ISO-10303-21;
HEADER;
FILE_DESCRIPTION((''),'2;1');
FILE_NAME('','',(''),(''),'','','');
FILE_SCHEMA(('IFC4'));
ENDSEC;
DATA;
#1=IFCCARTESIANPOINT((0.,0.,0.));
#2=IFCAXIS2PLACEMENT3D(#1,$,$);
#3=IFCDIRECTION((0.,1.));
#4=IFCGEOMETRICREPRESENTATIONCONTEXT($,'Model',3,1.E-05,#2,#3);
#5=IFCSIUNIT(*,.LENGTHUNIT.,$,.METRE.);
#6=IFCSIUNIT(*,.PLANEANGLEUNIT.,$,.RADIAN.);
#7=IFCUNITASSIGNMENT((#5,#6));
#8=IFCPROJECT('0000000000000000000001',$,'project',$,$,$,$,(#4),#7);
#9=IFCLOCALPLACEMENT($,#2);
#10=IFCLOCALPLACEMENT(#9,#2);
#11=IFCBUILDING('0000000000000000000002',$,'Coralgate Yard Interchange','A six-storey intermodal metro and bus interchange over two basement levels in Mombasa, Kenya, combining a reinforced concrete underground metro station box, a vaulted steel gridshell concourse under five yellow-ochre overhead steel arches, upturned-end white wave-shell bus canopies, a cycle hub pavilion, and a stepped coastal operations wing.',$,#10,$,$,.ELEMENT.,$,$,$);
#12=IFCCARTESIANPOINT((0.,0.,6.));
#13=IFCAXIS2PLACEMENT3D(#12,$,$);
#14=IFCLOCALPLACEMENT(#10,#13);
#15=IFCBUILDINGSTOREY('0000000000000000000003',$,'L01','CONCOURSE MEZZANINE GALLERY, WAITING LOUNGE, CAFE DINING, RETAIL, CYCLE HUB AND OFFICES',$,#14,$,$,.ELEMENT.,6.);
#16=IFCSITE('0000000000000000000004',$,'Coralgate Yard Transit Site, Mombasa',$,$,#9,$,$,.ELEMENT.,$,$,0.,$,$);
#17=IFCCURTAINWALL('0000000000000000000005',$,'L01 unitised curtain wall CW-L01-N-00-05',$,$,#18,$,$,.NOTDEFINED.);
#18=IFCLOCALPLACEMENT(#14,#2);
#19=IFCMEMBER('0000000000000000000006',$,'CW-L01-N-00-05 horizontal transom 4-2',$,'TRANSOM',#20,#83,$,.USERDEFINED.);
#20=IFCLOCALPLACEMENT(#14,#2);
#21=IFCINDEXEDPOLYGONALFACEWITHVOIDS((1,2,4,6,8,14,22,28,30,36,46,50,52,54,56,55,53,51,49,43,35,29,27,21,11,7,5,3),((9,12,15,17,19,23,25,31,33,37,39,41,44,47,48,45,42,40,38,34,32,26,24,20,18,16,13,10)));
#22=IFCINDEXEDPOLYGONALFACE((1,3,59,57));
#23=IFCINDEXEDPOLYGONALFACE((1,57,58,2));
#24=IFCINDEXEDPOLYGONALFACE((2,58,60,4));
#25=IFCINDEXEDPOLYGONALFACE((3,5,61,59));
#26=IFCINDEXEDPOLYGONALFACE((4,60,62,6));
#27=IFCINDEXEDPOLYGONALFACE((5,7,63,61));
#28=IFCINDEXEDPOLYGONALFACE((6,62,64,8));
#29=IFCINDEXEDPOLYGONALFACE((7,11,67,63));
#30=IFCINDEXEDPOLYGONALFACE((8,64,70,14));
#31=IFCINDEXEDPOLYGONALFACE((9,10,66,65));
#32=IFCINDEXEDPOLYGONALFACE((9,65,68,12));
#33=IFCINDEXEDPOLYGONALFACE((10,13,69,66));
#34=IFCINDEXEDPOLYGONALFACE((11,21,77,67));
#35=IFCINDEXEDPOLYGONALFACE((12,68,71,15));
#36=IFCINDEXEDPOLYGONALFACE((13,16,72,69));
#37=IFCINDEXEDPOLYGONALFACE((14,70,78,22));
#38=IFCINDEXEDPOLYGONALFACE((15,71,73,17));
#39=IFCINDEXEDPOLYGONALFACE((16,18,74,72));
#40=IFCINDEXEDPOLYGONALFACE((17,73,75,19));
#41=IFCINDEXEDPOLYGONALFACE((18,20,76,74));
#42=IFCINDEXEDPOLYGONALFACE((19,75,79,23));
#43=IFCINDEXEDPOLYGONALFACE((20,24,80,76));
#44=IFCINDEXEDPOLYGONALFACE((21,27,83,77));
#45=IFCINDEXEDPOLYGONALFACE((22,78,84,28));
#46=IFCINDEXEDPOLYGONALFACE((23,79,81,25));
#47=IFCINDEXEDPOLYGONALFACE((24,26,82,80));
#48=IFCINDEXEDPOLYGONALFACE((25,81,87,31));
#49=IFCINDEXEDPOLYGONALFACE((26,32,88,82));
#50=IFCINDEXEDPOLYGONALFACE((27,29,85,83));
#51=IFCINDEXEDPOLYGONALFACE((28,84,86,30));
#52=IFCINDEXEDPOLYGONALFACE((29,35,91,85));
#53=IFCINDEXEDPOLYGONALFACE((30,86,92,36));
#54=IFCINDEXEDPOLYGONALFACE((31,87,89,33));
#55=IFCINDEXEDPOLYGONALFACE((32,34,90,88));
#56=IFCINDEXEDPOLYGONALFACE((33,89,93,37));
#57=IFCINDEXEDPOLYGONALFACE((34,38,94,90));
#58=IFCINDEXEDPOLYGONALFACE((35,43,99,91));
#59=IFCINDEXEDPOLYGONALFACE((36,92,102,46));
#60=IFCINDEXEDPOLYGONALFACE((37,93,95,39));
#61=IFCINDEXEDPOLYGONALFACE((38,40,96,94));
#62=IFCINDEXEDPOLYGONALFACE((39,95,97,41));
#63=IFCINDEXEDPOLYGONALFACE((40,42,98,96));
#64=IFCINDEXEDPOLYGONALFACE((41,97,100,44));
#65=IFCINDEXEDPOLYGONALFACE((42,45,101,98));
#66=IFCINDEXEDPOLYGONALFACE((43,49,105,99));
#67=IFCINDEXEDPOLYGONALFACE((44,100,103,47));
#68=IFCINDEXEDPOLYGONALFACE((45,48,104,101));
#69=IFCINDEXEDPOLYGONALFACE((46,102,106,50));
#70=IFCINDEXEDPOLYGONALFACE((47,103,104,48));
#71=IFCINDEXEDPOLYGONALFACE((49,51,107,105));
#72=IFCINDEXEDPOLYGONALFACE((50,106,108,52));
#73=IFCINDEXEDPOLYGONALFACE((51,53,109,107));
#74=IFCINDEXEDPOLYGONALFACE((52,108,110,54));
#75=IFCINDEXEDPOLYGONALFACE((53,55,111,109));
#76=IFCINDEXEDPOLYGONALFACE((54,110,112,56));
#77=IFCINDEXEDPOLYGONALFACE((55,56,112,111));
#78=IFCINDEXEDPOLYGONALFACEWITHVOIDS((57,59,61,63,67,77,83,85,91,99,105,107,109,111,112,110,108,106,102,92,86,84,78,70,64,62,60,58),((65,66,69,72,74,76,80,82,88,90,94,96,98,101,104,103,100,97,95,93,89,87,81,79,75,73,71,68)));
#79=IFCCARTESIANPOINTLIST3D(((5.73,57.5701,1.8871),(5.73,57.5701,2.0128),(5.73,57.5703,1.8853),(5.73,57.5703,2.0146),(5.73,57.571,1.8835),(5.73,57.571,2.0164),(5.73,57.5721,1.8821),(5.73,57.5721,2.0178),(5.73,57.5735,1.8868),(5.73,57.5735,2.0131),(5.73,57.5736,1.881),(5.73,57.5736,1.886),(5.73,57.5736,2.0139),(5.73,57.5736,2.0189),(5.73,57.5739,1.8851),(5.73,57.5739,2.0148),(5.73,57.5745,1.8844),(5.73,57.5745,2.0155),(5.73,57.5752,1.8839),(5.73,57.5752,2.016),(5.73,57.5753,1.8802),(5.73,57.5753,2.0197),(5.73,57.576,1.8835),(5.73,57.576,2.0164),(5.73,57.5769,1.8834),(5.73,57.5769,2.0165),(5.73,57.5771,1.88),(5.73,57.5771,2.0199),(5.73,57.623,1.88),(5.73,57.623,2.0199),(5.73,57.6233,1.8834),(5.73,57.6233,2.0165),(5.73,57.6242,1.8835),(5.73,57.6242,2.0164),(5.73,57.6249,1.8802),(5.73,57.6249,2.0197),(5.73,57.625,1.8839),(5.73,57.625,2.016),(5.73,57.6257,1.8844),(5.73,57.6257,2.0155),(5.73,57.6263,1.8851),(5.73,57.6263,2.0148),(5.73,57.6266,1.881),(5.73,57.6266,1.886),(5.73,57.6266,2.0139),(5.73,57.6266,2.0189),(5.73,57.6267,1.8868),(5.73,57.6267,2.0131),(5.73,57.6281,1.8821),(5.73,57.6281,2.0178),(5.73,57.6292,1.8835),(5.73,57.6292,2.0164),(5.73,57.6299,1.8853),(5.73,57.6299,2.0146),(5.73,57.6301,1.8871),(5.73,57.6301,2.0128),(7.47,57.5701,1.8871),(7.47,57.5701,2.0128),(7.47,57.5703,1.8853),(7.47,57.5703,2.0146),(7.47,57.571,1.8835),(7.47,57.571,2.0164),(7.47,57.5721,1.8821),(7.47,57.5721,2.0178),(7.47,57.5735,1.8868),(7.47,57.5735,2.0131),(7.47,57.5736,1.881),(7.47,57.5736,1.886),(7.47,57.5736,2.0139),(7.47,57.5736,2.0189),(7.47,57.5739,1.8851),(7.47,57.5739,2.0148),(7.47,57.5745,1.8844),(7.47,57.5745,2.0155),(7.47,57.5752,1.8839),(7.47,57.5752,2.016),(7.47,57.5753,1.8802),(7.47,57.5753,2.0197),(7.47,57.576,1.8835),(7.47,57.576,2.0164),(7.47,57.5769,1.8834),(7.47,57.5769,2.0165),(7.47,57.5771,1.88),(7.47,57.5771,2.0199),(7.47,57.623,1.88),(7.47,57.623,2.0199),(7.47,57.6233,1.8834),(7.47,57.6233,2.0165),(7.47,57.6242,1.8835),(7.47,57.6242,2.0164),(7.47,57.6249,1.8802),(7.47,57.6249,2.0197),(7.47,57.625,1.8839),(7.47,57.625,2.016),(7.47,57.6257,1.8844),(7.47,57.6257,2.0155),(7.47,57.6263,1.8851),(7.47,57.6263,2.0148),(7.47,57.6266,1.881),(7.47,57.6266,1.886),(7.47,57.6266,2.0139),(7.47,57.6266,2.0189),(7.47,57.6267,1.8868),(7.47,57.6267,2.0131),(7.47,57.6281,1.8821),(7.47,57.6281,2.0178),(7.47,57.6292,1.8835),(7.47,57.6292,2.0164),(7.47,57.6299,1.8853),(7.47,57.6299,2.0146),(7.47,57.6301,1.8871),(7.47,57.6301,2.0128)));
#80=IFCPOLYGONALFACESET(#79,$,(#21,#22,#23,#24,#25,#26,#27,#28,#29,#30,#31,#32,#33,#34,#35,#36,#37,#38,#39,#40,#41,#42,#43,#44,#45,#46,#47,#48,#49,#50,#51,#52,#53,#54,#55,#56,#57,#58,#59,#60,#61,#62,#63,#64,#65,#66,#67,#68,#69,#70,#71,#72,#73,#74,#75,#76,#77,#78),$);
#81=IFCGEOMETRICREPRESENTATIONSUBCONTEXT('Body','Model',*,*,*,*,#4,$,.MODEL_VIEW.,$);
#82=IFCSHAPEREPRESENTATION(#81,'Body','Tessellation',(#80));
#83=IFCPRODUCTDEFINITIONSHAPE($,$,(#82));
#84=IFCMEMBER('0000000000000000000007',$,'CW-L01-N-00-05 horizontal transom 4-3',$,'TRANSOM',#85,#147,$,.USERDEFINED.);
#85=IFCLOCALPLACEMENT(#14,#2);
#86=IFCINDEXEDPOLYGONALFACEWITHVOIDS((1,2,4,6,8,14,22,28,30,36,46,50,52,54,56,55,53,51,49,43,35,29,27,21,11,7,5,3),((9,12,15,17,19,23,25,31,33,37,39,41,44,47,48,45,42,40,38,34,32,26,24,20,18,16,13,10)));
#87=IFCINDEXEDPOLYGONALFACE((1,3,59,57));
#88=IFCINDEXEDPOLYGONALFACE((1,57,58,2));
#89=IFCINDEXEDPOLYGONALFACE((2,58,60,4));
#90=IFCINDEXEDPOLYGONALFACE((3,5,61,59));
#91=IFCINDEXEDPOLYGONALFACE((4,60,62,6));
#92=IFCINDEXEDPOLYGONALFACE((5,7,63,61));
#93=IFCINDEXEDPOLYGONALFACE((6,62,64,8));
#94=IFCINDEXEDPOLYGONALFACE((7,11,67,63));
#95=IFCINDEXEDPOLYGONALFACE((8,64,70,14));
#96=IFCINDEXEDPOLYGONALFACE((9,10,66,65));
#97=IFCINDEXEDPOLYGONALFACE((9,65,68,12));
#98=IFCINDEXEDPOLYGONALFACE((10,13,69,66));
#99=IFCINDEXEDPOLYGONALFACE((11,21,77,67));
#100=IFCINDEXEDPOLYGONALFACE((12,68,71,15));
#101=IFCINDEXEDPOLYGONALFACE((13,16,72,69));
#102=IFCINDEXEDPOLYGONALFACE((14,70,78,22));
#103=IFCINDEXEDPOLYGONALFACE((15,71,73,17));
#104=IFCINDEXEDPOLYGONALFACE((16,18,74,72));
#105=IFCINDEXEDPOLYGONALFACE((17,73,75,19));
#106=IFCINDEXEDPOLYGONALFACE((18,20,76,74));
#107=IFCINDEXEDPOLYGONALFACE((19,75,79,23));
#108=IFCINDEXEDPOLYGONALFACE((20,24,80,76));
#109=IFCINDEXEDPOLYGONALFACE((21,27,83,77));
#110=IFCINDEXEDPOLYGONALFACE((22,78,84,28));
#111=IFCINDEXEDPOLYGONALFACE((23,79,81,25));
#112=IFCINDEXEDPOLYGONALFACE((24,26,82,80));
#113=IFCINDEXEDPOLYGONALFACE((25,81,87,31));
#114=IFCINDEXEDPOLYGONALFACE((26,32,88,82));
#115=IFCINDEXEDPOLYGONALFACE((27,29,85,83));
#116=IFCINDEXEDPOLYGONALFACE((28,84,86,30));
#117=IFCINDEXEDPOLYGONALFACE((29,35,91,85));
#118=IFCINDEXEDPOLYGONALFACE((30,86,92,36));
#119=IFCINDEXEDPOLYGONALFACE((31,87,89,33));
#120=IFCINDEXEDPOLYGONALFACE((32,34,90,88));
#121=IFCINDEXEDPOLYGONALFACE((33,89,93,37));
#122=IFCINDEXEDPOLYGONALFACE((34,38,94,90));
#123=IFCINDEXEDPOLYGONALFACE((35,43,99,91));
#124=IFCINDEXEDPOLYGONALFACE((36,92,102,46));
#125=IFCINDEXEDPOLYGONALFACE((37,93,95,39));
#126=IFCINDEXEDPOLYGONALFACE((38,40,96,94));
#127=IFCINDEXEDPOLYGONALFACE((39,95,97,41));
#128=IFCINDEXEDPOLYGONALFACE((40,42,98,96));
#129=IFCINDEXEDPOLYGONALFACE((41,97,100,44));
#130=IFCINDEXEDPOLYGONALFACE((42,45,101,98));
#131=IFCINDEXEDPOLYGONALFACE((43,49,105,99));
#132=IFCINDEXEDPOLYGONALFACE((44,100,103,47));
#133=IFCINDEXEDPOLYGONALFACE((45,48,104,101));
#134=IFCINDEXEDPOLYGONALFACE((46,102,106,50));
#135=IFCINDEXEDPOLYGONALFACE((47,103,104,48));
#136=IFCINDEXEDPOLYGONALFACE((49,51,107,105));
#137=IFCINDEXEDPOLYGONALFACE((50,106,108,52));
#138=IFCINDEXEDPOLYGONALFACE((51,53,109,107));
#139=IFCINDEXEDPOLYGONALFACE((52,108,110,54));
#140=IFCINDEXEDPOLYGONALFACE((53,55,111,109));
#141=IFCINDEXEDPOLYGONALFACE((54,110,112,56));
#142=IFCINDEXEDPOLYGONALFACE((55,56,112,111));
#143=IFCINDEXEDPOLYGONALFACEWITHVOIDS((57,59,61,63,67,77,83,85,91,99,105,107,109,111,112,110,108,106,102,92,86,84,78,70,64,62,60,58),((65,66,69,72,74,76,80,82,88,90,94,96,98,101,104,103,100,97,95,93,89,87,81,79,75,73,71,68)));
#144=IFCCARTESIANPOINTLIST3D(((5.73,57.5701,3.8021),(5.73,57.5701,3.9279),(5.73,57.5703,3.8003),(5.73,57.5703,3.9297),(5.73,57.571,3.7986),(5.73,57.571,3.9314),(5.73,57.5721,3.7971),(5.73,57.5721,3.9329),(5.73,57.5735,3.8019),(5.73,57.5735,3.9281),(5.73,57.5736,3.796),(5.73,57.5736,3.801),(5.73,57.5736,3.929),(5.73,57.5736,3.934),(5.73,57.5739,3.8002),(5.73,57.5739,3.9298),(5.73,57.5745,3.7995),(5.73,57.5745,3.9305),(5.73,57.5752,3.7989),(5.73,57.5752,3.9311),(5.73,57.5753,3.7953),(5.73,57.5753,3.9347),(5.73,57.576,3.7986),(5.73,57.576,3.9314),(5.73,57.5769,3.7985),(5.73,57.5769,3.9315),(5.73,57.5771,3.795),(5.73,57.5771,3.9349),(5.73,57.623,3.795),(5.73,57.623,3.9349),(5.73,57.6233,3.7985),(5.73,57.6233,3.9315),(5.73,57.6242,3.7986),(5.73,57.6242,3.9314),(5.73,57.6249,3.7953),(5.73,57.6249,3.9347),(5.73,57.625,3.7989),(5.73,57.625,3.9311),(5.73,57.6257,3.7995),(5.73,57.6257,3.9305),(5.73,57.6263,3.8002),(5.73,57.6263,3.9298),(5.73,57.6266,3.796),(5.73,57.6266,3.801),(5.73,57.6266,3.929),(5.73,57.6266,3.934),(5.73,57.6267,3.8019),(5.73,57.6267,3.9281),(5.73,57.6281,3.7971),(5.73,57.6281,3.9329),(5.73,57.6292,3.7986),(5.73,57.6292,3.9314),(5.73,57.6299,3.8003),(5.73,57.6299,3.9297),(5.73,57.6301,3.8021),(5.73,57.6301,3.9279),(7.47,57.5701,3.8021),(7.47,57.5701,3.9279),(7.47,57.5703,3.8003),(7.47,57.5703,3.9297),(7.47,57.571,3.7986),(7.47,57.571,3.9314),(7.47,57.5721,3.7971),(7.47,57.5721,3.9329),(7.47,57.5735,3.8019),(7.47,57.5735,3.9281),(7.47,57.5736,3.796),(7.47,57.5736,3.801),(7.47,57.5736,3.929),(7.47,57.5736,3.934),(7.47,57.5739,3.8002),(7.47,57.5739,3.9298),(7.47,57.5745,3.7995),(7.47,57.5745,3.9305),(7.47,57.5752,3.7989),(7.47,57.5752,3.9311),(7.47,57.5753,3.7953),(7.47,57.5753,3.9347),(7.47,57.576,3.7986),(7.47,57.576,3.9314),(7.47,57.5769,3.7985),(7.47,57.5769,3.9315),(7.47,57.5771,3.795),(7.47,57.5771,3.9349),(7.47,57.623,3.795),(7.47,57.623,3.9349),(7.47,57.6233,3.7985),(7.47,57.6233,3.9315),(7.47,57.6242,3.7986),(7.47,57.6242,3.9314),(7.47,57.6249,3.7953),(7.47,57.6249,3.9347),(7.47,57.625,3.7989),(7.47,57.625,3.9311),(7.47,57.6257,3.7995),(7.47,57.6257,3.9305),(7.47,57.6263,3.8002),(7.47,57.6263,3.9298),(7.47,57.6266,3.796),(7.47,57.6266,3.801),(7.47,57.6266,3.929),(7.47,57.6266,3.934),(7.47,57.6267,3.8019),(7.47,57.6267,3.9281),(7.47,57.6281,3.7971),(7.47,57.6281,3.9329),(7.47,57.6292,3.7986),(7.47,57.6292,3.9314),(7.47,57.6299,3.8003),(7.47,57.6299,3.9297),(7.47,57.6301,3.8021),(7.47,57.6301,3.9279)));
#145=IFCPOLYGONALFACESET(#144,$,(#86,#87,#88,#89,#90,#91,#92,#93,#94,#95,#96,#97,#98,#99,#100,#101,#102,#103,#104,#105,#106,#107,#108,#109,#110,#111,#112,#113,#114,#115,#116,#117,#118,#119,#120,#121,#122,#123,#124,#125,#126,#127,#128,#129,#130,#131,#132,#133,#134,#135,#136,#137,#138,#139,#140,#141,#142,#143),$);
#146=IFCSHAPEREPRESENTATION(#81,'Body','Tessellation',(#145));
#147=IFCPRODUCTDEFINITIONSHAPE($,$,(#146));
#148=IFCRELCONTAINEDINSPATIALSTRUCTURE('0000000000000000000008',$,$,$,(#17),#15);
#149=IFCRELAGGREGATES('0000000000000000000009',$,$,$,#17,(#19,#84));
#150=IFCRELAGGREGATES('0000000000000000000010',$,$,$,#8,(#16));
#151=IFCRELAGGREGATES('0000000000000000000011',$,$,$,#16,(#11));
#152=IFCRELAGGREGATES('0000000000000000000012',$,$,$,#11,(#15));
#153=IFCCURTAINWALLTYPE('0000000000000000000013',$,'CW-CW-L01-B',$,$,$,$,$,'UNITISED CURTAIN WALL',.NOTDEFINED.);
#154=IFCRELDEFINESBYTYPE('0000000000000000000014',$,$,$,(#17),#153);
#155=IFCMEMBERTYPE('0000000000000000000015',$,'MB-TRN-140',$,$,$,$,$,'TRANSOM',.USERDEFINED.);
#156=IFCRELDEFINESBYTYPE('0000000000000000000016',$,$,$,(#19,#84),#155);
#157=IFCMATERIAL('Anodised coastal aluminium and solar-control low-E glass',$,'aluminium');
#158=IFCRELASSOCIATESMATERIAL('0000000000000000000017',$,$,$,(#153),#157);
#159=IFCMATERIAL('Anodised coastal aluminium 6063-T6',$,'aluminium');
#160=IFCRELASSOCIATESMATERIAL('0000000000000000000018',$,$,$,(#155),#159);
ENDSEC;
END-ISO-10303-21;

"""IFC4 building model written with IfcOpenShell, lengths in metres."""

from ifc_helpers import new_model, si_unit, direction, frame, origin, origin_2d, place, context, subcontext, project, spatial, hollow_rectangle, extrude, material, material_profile, profile_set, type_object, element, aggregate, save


model = new_model("IFC4")

# Units and contexts
model_context = context("Model", 3, precision=1e-05, world=origin(), true_north=direction((0.0, 1.0)))
body_context = subcontext(model_context, "Body", "Model", "MODEL_VIEW")
ifc_project = project(units=[si_unit("LENGTHUNIT", "METRE"), si_unit("PLANEANGLEUNIT", "RADIAN")], contexts=[model_context])

# Site, building, storey
site_placement = place(None, origin())
site = spatial("IfcSite", under=ifc_project, at=site_placement, Name="Coralgate Yard Transit Site, Mombasa", CompositionType="ELEMENT", RefElevation=0.0)
building_placement = place(site_placement, origin())
building = spatial("IfcBuilding", under=site, at=building_placement, Name="Coralgate Yard Interchange", Description="A six-storey intermodal metro and bus interchange over two basement levels in Mombasa, Kenya, combining a reinforced concrete underground metro station box, a vaulted steel gridshell concourse under five yellow-ochre overhead steel arches, upturned-end white wave-shell bus canopies, a cycle hub pavilion, and a stepped coastal operations wing.", CompositionType="ELEMENT")
storey_placement = place(building_placement, frame((0.0, 0.0, 6.0)))
storey = spatial("IfcBuildingStorey", under=building, at=storey_placement, Name="L01", Description="CONCOURSE MEZZANINE GALLERY, WAITING LOUNGE, CAFE DINING, RETAIL, CYCLE HUB AND OFFICES", CompositionType="ELEMENT", Elevation=6.0)

# Curtain wall
ifc_material_1 = material(Name="Anodised coastal aluminium and solar-control low-E glass", Category="aluminium")
curtain_wall_type = type_object("IfcCurtainWallType", Name="CW-CW-L01-B", ElementType="UNITISED CURTAIN WALL", PredefinedType="NOTDEFINED", material=ifc_material_1)
curtain_wall_1_placement = place(storey_placement, origin())
curtain_wall_1 = element("IfcCurtainWall", 1, at=curtain_wall_1_placement, inside=storey, type_object=curtain_wall_type, Name="L01 unitised curtain wall CW-L01-N-00-05", PredefinedType="NOTDEFINED")
ifc_material_2 = material(Name="Anodised coastal aluminium 6063-T6", Category="aluminium")

# Members
ifc_material_profile_1 = material_profile(ifc_material_2, hollow_rectangle(XDim=0.0601, YDim=0.1399, WallThickness=0.0034, InnerFilletRadius=0.0034, OuterFilletRadius=0.0071, at=origin_2d()), Name="ALU 60x140x3.5")
ifc_profile_set_1 = profile_set([ifc_material_profile_1], Name="Anodised coastal aluminium 6063-T6")
member_type_1 = type_object("IfcMemberType", Name="MB-TRN-140", ElementType="TRANSOM", PredefinedType="USERDEFINED", material=ifc_profile_set_1)
member_1_placement = place(storey_placement, frame((5.73, 57.6001, 1.95), z_axis=(1.0, 0.0, 0.0), x_axis=(0.0, 1.0, 0.0)))
member_1 = element("IfcMember", 2, at=member_1_placement, type_object=member_type_1, Name="CW-L01-N-00-05 horizontal transom 4-2", ObjectType="TRANSOM", PredefinedType="USERDEFINED", context=body_context, shape_type="SweptSolid", body=[
    extrude(hollow_rectangle(XDim=0.0601, YDim=0.1399, WallThickness=0.0034, InnerFilletRadius=0.0034, OuterFilletRadius=0.0071, at=origin_2d()), origin(), (0.0, 0.0, 1.0), 1.74),
])
member_2_placement = place(storey_placement, frame((5.73, 57.6001, 3.865), z_axis=(1.0, 0.0, 0.0), x_axis=(0.0, 1.0, 0.0)))
member_2 = element("IfcMember", 3, at=member_2_placement, type_object=member_type_1, Name="CW-L01-N-00-05 horizontal transom 4-3", ObjectType="TRANSOM", PredefinedType="USERDEFINED", context=body_context, shape_type="SweptSolid", body=[
    extrude(hollow_rectangle(XDim=0.0601, YDim=0.1399, WallThickness=0.0034, InnerFilletRadius=0.0034, OuterFilletRadius=0.0071, at=origin_2d()), origin(), (0.0, 0.0, 1.0), 1.74),
])

aggregate(curtain_wall_1, [member_1, member_2])

save(model, "model.ifc")
